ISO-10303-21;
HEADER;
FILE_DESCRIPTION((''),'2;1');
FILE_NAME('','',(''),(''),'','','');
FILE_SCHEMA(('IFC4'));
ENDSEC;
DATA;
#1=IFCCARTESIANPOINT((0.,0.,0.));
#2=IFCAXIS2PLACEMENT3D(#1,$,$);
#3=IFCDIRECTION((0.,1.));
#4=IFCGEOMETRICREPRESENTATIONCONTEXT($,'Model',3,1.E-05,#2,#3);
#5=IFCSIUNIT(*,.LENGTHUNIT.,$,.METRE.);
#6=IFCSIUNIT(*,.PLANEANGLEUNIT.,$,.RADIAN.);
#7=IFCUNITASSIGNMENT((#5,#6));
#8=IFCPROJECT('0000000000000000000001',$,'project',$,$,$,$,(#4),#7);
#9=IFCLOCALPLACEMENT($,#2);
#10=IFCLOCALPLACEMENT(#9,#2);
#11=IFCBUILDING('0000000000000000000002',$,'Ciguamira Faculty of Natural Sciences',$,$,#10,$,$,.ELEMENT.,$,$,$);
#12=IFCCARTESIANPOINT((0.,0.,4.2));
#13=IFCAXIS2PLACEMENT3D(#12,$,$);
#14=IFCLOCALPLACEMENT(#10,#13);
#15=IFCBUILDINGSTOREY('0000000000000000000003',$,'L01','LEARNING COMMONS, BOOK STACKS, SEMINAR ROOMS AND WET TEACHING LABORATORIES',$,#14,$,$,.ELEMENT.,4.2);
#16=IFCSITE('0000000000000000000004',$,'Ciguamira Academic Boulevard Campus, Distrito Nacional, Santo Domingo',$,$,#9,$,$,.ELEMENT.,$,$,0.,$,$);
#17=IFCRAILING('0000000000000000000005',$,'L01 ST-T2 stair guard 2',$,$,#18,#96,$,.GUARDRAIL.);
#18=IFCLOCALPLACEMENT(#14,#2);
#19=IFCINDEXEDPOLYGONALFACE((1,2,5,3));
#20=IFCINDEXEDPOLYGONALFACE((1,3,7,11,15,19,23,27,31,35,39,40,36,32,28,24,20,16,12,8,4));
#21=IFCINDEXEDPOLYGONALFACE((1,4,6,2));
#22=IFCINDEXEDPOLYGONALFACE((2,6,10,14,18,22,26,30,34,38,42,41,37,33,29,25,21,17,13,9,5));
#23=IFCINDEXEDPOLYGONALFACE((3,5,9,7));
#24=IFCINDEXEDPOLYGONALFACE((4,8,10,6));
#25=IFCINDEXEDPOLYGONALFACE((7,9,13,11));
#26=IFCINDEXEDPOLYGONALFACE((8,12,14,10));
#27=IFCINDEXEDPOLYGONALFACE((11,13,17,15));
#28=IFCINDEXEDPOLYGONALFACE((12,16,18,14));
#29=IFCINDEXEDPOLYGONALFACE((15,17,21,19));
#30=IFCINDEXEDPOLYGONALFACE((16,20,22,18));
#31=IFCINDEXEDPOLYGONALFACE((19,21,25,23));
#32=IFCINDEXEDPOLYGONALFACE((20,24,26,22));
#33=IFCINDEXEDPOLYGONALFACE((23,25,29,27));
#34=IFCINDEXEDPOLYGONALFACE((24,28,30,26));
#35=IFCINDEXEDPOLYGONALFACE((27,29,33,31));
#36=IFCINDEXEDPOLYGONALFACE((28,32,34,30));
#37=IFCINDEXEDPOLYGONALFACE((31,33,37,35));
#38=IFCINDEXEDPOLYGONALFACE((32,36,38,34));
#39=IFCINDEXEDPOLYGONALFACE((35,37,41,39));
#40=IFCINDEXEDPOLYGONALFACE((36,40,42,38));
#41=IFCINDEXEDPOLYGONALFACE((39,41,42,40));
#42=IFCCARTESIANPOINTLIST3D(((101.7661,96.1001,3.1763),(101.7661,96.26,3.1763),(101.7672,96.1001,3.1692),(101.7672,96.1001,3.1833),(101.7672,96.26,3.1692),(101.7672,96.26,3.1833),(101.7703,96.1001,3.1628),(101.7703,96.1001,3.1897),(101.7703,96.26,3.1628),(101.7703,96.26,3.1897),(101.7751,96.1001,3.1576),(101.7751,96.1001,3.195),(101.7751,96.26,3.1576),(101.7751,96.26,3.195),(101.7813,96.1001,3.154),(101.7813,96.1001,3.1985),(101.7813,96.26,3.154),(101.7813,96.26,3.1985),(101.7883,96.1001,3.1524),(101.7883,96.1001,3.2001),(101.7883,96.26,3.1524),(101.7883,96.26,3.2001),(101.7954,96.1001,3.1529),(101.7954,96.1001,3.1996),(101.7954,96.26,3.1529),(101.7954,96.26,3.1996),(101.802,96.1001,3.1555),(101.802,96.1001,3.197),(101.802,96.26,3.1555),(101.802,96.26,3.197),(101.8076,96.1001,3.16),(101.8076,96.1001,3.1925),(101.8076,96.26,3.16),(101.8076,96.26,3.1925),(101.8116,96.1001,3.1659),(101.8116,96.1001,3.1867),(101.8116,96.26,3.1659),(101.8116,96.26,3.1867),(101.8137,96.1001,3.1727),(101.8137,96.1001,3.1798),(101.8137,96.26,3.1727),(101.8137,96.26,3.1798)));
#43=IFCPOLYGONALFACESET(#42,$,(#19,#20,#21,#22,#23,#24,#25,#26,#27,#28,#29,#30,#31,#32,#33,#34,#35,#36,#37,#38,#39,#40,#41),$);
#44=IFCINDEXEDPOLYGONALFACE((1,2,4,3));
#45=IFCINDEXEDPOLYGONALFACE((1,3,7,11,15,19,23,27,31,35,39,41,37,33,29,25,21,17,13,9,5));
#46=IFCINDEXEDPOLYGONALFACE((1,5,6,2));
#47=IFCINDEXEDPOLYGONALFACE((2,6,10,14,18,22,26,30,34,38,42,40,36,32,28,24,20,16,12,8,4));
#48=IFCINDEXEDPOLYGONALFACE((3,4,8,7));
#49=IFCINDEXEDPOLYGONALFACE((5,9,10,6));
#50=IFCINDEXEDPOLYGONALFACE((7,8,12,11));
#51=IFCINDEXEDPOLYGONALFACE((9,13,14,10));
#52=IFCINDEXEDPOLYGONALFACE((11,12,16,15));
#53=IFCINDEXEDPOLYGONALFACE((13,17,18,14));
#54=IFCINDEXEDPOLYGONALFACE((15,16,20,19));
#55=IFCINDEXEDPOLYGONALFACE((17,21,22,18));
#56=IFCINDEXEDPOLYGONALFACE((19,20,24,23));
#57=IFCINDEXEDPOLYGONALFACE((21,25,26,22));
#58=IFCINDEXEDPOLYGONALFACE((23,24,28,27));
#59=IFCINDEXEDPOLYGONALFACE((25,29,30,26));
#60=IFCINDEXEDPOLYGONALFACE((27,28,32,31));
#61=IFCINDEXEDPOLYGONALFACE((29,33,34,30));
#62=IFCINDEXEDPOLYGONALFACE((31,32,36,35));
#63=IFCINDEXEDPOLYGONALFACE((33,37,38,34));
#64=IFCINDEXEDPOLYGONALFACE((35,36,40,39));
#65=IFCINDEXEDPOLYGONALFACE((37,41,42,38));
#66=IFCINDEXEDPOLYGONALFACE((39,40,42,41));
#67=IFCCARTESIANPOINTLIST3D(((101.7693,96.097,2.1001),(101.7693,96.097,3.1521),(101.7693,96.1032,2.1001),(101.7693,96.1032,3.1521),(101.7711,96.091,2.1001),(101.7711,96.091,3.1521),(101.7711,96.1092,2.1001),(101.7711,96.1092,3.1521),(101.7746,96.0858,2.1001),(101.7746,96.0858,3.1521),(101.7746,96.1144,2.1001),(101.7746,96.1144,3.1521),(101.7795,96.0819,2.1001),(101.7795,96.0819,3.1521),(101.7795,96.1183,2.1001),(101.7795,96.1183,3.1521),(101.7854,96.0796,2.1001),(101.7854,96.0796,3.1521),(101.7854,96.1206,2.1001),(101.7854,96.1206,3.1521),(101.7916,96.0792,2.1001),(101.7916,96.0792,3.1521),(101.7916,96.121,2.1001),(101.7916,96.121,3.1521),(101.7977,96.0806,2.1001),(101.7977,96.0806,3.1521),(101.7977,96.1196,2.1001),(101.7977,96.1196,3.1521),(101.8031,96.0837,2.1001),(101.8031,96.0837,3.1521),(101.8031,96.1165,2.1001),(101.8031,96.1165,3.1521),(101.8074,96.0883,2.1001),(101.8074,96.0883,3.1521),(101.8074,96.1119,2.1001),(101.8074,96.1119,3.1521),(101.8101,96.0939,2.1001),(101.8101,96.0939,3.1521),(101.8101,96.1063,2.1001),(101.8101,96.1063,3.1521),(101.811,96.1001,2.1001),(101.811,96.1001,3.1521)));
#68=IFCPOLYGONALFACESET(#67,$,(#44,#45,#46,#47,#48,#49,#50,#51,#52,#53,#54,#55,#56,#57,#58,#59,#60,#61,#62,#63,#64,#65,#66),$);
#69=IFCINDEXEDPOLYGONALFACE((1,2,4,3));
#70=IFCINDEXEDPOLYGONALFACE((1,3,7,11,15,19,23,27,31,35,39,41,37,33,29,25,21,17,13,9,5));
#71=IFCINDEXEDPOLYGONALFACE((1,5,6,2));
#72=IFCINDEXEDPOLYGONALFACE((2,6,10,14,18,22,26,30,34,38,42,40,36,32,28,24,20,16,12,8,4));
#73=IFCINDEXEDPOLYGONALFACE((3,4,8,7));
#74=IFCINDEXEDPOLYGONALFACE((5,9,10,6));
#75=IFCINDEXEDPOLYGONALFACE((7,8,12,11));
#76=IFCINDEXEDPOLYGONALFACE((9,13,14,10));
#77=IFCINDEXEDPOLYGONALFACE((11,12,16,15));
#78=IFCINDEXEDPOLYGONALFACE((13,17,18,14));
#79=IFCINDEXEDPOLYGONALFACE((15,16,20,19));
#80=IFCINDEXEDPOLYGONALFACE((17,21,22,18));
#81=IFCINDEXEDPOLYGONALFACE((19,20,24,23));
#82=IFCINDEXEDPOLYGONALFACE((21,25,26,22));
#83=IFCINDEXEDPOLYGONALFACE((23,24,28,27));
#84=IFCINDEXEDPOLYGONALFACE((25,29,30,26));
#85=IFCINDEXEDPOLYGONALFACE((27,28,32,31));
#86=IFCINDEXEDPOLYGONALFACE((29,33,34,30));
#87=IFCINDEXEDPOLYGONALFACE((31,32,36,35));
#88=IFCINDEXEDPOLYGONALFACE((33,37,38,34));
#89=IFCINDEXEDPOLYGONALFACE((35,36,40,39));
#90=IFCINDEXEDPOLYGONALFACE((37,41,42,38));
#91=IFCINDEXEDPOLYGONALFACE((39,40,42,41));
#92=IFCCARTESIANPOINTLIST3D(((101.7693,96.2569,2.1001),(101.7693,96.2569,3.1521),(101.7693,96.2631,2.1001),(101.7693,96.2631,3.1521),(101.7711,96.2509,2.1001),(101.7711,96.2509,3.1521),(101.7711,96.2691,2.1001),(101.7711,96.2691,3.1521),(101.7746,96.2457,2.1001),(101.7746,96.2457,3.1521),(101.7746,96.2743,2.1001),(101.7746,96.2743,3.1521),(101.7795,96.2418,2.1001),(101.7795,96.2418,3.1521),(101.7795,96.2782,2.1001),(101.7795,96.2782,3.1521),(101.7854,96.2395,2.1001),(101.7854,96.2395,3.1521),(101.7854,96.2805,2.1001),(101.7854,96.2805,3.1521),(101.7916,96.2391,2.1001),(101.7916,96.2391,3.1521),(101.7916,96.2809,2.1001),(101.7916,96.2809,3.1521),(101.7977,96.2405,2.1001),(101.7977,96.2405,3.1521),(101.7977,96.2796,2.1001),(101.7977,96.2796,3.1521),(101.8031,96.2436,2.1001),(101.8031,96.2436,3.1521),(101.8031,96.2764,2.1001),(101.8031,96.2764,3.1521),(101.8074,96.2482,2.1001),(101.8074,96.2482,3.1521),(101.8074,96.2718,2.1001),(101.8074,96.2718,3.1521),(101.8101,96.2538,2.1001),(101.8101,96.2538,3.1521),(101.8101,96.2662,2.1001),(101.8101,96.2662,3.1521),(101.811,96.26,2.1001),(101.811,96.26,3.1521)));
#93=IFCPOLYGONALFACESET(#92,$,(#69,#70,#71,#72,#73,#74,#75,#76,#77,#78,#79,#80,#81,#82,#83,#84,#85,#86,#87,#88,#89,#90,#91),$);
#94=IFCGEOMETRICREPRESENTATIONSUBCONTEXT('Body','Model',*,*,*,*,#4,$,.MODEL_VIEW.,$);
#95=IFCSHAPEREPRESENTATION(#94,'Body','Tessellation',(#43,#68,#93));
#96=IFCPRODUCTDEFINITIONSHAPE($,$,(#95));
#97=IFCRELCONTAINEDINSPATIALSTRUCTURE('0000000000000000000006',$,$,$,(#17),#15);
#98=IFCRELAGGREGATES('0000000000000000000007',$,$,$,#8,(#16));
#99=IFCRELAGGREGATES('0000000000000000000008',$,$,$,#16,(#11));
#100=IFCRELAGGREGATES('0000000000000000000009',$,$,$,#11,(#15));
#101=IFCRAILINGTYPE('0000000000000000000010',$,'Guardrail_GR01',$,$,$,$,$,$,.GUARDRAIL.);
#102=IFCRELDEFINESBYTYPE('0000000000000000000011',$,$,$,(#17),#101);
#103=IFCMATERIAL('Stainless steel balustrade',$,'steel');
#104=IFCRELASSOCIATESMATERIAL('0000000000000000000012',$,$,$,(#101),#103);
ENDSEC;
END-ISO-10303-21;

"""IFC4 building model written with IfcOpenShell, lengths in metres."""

from ifc_helpers import new_model, si_unit, direction, frame, origin, origin_2d, place, context, subcontext, project, spatial, circle, extrude, material, type_object, element, save


model = new_model("IFC4")

# Units and contexts
model_context = context("Model", 3, precision=1e-05, world=origin(), true_north=direction((0.0, 1.0)))
body_context = subcontext(model_context, "Body", "Model", "MODEL_VIEW")
ifc_project = project(units=[si_unit("LENGTHUNIT", "METRE"), si_unit("PLANEANGLEUNIT", "RADIAN")], contexts=[model_context])

# Site, building, storey
site_placement = place(None, origin())
site = spatial("IfcSite", under=ifc_project, at=site_placement, Name="Ciguamira Academic Boulevard Campus, Distrito Nacional, Santo Domingo", CompositionType="ELEMENT", RefElevation=0.0)
building_placement = place(site_placement, origin())
building = spatial("IfcBuilding", under=site, at=building_placement, Name="Ciguamira Faculty of Natural Sciences", CompositionType="ELEMENT")
storey_placement = place(building_placement, frame((0.0, 0.0, 4.2)))
storey = spatial("IfcBuildingStorey", under=building, at=storey_placement, Name="L01", Description="LEARNING COMMONS, BOOK STACKS, SEMINAR ROOMS AND WET TEACHING LABORATORIES", CompositionType="ELEMENT", Elevation=4.2)

# Railing
ifc_material_1 = material(Name="Stainless steel balustrade", Category="steel")
railing_type = type_object("IfcRailingType", Name="Guardrail_GR01", PredefinedType="GUARDRAIL", material=ifc_material_1)
railing_1_placement = place(storey_placement, frame((101.79, 96.1001, 2.1001)))
element("IfcRailing", 1, at=railing_1_placement, inside=storey, type_object=railing_type, Name="L01 ST-T2 stair guard 2", PredefinedType="GUARDRAIL", context=body_context, shape_type="SweptSolid", body=[
    extrude(circle(Radius=0.0239, at=origin_2d()), frame((0.0, 0.0, 1.0762), z_axis=(0.0, 1.0, 0.0), x_axis=(-1.0, 0.0, 0.0)), (0.0, 0.0, 1.0), 0.1599),
    extrude(circle(Radius=0.021, at=origin_2d()), origin(), (0.0, 0.0, 1.0), 1.052),
    extrude(circle(Radius=0.021, at=origin_2d()), frame((0.0, 0.1599, 0.0)), (0.0, 0.0, 1.0), 1.052),
])

save(model, "model.ifc")
